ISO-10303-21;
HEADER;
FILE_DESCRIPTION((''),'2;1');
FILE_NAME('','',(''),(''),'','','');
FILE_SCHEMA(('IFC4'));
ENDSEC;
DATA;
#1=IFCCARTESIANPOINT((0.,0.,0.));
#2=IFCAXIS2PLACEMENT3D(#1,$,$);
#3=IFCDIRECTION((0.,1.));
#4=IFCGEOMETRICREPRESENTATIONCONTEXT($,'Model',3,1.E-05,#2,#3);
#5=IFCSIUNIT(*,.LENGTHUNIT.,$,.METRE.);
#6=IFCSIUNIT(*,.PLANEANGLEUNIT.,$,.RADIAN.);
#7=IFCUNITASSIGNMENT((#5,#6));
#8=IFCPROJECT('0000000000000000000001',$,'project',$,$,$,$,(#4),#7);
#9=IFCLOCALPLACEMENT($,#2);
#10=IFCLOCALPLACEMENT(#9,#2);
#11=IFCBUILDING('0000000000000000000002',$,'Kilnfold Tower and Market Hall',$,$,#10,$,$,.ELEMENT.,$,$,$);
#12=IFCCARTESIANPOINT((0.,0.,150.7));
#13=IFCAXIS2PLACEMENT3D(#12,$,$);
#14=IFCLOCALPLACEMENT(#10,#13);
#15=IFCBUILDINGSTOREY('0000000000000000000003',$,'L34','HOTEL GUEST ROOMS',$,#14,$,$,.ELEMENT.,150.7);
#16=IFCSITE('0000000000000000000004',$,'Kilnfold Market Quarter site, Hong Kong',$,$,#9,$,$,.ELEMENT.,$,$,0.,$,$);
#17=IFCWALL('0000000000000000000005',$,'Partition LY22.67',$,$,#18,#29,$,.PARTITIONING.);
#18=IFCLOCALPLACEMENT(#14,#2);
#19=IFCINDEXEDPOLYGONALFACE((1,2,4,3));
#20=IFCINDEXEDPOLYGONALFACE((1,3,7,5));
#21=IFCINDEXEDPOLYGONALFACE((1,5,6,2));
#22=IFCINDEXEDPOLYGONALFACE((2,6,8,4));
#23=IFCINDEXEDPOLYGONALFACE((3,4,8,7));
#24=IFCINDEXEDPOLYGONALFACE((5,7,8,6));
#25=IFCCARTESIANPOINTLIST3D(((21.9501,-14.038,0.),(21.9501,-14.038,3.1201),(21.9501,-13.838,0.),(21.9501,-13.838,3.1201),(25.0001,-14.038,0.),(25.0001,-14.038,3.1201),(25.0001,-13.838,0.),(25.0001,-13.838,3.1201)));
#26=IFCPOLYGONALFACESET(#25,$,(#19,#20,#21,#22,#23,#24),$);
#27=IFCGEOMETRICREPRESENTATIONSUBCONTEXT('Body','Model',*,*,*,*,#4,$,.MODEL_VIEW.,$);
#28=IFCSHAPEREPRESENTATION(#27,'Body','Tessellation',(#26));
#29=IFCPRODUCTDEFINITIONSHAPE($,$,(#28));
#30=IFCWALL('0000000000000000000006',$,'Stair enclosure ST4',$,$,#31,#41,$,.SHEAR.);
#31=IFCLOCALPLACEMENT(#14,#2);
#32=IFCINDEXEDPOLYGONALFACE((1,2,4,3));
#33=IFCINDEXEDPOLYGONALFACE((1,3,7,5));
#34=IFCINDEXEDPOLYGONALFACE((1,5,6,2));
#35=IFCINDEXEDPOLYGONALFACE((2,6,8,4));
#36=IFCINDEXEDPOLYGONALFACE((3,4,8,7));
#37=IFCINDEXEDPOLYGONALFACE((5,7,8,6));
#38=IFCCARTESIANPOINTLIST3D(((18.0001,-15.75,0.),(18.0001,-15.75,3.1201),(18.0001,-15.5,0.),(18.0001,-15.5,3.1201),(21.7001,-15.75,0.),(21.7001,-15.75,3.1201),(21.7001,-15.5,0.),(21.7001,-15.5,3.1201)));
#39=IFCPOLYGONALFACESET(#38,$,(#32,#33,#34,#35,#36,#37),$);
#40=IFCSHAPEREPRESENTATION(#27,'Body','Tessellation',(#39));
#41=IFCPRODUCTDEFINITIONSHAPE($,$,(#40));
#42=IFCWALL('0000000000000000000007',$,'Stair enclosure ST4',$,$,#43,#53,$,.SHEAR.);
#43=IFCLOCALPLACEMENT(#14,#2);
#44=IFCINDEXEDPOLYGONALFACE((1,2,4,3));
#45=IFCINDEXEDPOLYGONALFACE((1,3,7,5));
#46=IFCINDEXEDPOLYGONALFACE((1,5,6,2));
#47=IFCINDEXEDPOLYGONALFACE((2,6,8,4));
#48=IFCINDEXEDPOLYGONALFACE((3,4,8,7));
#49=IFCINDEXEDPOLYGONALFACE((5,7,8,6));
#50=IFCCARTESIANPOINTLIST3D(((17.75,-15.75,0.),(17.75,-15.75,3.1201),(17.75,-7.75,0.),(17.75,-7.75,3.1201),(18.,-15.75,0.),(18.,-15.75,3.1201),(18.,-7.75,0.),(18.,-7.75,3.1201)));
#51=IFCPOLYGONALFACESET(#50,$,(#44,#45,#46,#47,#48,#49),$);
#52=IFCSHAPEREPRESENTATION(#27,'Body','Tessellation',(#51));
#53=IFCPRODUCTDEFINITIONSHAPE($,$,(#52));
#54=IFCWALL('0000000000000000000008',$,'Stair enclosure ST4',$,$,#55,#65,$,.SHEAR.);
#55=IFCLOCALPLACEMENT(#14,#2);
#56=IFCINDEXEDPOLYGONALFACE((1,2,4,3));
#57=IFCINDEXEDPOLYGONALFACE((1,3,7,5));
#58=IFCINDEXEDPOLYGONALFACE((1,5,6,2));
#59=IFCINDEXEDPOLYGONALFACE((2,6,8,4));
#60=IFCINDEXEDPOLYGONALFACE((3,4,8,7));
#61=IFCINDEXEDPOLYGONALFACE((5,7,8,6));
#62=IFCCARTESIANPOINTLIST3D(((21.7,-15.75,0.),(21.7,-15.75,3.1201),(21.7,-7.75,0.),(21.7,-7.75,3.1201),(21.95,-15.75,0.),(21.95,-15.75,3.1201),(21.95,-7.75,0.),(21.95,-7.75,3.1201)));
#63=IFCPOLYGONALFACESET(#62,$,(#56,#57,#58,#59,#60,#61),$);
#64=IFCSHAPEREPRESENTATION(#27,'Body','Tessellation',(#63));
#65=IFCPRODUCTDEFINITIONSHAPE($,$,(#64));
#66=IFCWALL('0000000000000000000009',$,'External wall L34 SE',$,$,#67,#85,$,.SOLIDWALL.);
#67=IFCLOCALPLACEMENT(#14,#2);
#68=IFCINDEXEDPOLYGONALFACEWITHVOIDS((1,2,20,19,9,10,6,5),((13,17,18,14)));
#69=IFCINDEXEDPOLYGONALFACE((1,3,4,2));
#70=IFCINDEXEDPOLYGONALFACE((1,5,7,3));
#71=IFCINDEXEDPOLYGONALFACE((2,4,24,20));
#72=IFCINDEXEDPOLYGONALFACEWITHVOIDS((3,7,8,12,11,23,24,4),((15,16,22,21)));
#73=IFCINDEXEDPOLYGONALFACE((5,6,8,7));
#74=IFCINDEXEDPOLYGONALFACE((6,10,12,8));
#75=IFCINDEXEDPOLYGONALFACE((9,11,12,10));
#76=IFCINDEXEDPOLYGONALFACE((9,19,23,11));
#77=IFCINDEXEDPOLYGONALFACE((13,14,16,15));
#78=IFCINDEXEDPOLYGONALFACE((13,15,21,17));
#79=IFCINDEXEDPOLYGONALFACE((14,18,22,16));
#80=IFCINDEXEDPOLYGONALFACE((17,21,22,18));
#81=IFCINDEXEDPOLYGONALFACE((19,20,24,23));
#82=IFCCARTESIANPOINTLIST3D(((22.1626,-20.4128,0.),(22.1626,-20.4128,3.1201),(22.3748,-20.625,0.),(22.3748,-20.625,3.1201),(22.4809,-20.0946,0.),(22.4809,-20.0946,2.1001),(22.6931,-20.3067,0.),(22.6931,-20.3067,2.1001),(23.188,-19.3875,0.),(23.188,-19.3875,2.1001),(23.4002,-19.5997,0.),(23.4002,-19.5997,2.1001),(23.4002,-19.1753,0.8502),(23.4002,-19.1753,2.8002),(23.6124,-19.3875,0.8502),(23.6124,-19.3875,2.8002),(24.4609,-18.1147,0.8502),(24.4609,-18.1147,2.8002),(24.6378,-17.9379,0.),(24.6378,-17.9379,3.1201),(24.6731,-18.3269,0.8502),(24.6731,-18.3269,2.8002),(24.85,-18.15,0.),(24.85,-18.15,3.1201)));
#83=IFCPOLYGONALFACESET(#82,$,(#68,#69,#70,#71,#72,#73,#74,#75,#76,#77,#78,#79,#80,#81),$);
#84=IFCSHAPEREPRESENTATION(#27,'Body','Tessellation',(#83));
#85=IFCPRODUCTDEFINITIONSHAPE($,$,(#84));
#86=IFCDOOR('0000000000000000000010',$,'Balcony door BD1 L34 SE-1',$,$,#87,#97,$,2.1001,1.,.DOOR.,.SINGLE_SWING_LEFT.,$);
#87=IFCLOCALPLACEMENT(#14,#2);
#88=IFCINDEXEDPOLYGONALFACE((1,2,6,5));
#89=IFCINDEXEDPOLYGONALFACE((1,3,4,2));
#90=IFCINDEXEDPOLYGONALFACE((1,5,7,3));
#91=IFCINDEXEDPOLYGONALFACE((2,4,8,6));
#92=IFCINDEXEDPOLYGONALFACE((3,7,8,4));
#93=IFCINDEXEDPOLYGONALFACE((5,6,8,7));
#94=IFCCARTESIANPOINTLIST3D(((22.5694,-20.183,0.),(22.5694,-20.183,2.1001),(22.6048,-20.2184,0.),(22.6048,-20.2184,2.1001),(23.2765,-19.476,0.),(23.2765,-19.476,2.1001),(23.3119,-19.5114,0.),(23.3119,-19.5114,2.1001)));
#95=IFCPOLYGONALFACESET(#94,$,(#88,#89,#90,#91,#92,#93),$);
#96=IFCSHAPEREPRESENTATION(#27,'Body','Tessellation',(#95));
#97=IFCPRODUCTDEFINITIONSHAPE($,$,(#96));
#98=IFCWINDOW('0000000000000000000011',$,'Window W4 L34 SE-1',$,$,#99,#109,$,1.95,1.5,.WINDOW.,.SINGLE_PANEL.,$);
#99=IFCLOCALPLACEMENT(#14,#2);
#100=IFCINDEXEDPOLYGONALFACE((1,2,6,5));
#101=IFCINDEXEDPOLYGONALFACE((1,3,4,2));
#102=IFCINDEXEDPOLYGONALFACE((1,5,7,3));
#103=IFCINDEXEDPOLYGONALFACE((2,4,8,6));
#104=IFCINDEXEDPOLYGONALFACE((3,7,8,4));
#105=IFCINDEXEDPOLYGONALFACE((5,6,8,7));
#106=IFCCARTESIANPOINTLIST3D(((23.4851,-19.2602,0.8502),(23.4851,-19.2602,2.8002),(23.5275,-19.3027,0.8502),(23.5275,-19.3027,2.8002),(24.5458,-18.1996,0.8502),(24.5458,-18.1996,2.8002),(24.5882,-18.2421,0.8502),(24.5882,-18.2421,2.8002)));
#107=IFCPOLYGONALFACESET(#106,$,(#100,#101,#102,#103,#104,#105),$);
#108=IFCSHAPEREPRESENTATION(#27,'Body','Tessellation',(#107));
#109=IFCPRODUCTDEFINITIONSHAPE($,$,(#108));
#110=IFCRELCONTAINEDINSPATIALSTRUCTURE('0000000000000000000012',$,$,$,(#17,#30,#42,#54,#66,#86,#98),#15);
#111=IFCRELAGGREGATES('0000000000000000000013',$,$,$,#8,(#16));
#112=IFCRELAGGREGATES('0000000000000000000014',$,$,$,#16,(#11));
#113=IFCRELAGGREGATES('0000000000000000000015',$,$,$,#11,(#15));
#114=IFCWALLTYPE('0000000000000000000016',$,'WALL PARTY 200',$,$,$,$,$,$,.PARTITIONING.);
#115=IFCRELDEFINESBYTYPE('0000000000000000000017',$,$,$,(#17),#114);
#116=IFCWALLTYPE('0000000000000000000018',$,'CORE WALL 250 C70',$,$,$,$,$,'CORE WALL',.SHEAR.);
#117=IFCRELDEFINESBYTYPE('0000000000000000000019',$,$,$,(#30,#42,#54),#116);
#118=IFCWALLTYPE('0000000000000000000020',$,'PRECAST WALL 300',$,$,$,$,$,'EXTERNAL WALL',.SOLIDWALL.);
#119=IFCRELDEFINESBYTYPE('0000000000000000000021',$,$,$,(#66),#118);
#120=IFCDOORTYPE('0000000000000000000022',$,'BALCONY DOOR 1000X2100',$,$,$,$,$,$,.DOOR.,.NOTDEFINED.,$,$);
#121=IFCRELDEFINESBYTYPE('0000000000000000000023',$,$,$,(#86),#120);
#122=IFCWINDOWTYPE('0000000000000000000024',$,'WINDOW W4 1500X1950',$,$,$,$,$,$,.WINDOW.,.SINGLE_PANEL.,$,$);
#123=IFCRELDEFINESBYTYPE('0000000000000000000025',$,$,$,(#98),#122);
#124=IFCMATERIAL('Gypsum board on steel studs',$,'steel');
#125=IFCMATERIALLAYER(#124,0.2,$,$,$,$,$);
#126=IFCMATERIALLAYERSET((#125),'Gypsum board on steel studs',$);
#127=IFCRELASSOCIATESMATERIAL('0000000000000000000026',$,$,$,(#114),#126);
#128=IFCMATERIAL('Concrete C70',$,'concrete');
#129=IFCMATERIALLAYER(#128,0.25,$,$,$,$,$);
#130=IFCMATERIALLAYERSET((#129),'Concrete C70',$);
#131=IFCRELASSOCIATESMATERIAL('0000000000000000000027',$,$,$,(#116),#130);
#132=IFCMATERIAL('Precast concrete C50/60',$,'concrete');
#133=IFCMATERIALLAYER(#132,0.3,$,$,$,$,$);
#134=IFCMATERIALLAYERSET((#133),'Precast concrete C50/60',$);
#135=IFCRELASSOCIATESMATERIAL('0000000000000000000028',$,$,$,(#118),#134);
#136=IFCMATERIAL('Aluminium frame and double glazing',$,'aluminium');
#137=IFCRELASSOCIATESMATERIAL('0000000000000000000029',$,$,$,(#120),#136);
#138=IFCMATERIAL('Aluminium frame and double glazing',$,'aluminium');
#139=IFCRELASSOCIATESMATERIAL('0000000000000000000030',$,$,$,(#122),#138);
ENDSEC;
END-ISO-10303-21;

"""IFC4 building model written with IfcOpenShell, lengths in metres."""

from ifc_helpers import new_model, si_unit, direction, frame, frame_2d, origin, place, context, subcontext, project, spatial, rectangle, extrude, source, transform, mapped, material, layer, layer_set, type_object, element, fill, save


model = new_model("IFC4")

# Units and contexts
model_context = context("Model", 3, precision=1e-05, world=origin(), true_north=direction((0.0, 1.0)))
body_context = subcontext(model_context, "Body", "Model", "MODEL_VIEW")
ifc_project = project(units=[si_unit("LENGTHUNIT", "METRE"), si_unit("PLANEANGLEUNIT", "RADIAN")], contexts=[model_context])

# Site, building, storey
site_placement = place(None, origin())
site = spatial("IfcSite", under=ifc_project, at=site_placement, Name="Kilnfold Market Quarter site, Hong Kong", CompositionType="ELEMENT", RefElevation=0.0)
building_placement = place(site_placement, origin())
building = spatial("IfcBuilding", under=site, at=building_placement, Name="Kilnfold Tower and Market Hall", CompositionType="ELEMENT")
storey_placement = place(building_placement, frame((0.0, 0.0, 150.7)))
storey = spatial("IfcBuildingStorey", under=building, at=storey_placement, Name="L34", Description="HOTEL GUEST ROOMS", CompositionType="ELEMENT", Elevation=150.7)

# Walls
ifc_material_1 = material(Name="Gypsum board on steel studs", Category="steel")
ifc_layer_1 = layer(ifc_material_1, 0.2)
ifc_layer_set_1 = layer_set([ifc_layer_1], Name="Gypsum board on steel studs")
wall_type_1 = type_object("IfcWallType", Name="WALL PARTY 200", PredefinedType="PARTITIONING", material=ifc_layer_set_1)
wall_1_placement = place(storey_placement, frame((25.0, -13.938, 0.0), z_axis=(0.0, 0.0, 1.0), x_axis=(-1.0, 0.0, 0.0)))
element("IfcWall", 1, at=wall_1_placement, inside=storey, type_object=wall_type_1, Name="Partition LY22.67", PredefinedType="PARTITIONING", context=body_context, shape_type="SweptSolid", body=[
    extrude(rectangle(XDim=3.05, YDim=0.2, at=frame_2d((1.5249, 0.0))), origin(), (0.0, 0.0, 1.0), 3.1201),
])
ifc_material_2 = material(Name="Concrete C70", Category="concrete")
ifc_layer_2 = layer(ifc_material_2, 0.25)
ifc_layer_set_2 = layer_set([ifc_layer_2], Name="Concrete C70")
wall_type_2 = type_object("IfcWallType", Name="CORE WALL 250 C70", ElementType="CORE WALL", PredefinedType="SHEAR", material=ifc_layer_set_2)
shared_shape_1 = source(origin(), body_context, "Body", "SweptSolid", [
    extrude(rectangle(XDim=3.7, YDim=0.25, at=frame_2d((1.8501, 0.0))), origin(), (0.0, 0.0, 1.0), 3.1201),
])
wall_2_placement = place(storey_placement, frame((18.0, -15.625, 0.0), z_axis=(0.0, 0.0, 1.0), x_axis=(1.0, 0.0, 0.0)))
element("IfcWall", 2, at=wall_2_placement, inside=storey, type_object=wall_type_2, Name="Stair enclosure ST4", PredefinedType="SHEAR", context=body_context, shape_type="MappedRepresentation", body=[
    mapped(shared_shape_1, transform((0.0, 0.0, 0.0))),
])
shared_shape_2 = source(origin(), body_context, "Body", "SweptSolid", [
    extrude(rectangle(XDim=8.0, YDim=0.25, at=frame_2d((4.0, 0.0))), origin(), (0.0, 0.0, 1.0), 3.1201),
])
for number, where, z_axis, x_axis, name in (
    (3, (17.875, -15.75, 0.0), (0.0, 0.0, 1.0), (0.0, 1.0, 0.0), "Stair enclosure ST4"),
    (4, (21.825, -15.75, 0.0), (0.0, 0.0, 1.0), (0.0, 1.0, 0.0), "Stair enclosure ST4"),
):
    element("IfcWall", number, at=place(storey_placement, frame(where, z_axis=z_axis, x_axis=x_axis)), inside=storey, type_object=wall_type_2, Name=name, PredefinedType="SHEAR", context=body_context, shape_type="MappedRepresentation", body=[
        mapped(shared_shape_2, transform((0.0, 0.0, 0.0))),
    ])

# Wall, openings, door, window
ifc_material_3 = material(Name="Precast concrete C50/60", Category="concrete")
ifc_layer_3 = layer(ifc_material_3, 0.3)
ifc_layer_set_3 = layer_set([ifc_layer_3], Name="Precast concrete C50/60")
wall_type_3 = type_object("IfcWallType", Name="PRECAST WALL 300", ElementType="EXTERNAL WALL", PredefinedType="SOLIDWALL", material=ifc_layer_set_3)
shared_shape_3 = source(origin(), body_context, "Body", "SweptSolid", [
    extrude(rectangle(XDim=3.5002, YDim=0.3, at=frame_2d((1.75, 0.0))), origin(), (0.0, 0.0, 1.0), 3.1201),
])
wall_3_placement = place(storey_placement, frame((22.2688, -20.5188, 0.0), z_axis=(0.0, 0.0, 1.0), x_axis=(0.707142, 0.707072, 0.0)))
wall_3 = element("IfcWall", 5, at=wall_3_placement, inside=storey, type_object=wall_type_3, Name="External wall L34 SE", PredefinedType="SOLIDWALL", context=body_context, shape_type="MappedRepresentation", body=[
    mapped(shared_shape_3, transform((0.0, 0.0, 0.0))),
])
opening_1_placement = place(wall_3_placement, frame((1.75, 0.0, 0.8501)))
opening_1 = element("IfcOpeningElement", 6, at=opening_1_placement, cuts=wall_3, PredefinedType="OPENING", context=body_context, shape_type="SweptSolid", body=[
    extrude(rectangle(XDim=1.5, YDim=1.95, at=frame_2d((0.75, 0.9751))), frame((0.0, 0.1602, 0.0), z_axis=(0.0, -1.0, 0.0), x_axis=(1.0, 0.0, 0.0)), (0.0, 0.0, 1.0), 0.3201),
])
opening_2_placement = place(wall_3_placement, frame((0.45, 0.0, 0.0)))
opening_2 = element("IfcOpeningElement", 7, at=opening_2_placement, cuts=wall_3, PredefinedType="OPENING", context=body_context, shape_type="SweptSolid", body=[
    extrude(rectangle(XDim=1.0, YDim=2.1001, at=frame_2d((0.5, 1.05))), frame((0.0, 0.1602, 0.0), z_axis=(0.0, -1.0, 0.0), x_axis=(1.0, 0.0, 0.0)), (0.0, 0.0, 1.0), 0.3201),
])
ifc_material_4 = material(Name="Aluminium frame and double glazing", Category="aluminium")
door_type_1 = type_object("IfcDoorType", Name="BALCONY DOOR 1000X2100", OperationType="NOTDEFINED", PredefinedType="DOOR", material=ifc_material_4)
door_1_placement = place(opening_2_placement, origin())
door_1 = element("IfcDoor", 8, at=door_1_placement, inside=storey, type_object=door_type_1, Name="Balcony door BD1 L34 SE-1", OperationType="SINGLE_SWING_LEFT", OverallHeight=2.1001, OverallWidth=1.0, PredefinedType="DOOR", context=body_context, shape_type="SweptSolid", body=[
    extrude(rectangle(XDim=1.0, YDim=2.1001, at=frame_2d((0.5, 1.05))), frame((0.0, 0.0249, 0.0), z_axis=(0.0, -1.0, 0.0), x_axis=(1.0, 0.0, 0.0)), (0.0, 0.0, 1.0), 0.05),
])
fill(opening_2, door_1)
ifc_material_5 = material(Name="Aluminium frame and double glazing", Category="aluminium")
window_type = type_object("IfcWindowType", Name="WINDOW W4 1500X1950", PartitioningType="SINGLE_PANEL", PredefinedType="WINDOW", material=ifc_material_5)
window_1_placement = place(opening_1_placement, origin())
window_1 = element("IfcWindow", 9, at=window_1_placement, inside=storey, type_object=window_type, Name="Window W4 L34 SE-1", OverallHeight=1.95, OverallWidth=1.5, PartitioningType="SINGLE_PANEL", PredefinedType="WINDOW", context=body_context, shape_type="SweptSolid", body=[
    extrude(rectangle(XDim=1.5, YDim=1.95, at=frame_2d((0.75, 0.9751))), frame((0.0, 0.03, 0.0), z_axis=(0.0, -1.0, 0.0), x_axis=(1.0, 0.0, 0.0)), (0.0, 0.0, 1.0), 0.0601),
])
fill(opening_1, window_1)

save(model, "model.ifc")
